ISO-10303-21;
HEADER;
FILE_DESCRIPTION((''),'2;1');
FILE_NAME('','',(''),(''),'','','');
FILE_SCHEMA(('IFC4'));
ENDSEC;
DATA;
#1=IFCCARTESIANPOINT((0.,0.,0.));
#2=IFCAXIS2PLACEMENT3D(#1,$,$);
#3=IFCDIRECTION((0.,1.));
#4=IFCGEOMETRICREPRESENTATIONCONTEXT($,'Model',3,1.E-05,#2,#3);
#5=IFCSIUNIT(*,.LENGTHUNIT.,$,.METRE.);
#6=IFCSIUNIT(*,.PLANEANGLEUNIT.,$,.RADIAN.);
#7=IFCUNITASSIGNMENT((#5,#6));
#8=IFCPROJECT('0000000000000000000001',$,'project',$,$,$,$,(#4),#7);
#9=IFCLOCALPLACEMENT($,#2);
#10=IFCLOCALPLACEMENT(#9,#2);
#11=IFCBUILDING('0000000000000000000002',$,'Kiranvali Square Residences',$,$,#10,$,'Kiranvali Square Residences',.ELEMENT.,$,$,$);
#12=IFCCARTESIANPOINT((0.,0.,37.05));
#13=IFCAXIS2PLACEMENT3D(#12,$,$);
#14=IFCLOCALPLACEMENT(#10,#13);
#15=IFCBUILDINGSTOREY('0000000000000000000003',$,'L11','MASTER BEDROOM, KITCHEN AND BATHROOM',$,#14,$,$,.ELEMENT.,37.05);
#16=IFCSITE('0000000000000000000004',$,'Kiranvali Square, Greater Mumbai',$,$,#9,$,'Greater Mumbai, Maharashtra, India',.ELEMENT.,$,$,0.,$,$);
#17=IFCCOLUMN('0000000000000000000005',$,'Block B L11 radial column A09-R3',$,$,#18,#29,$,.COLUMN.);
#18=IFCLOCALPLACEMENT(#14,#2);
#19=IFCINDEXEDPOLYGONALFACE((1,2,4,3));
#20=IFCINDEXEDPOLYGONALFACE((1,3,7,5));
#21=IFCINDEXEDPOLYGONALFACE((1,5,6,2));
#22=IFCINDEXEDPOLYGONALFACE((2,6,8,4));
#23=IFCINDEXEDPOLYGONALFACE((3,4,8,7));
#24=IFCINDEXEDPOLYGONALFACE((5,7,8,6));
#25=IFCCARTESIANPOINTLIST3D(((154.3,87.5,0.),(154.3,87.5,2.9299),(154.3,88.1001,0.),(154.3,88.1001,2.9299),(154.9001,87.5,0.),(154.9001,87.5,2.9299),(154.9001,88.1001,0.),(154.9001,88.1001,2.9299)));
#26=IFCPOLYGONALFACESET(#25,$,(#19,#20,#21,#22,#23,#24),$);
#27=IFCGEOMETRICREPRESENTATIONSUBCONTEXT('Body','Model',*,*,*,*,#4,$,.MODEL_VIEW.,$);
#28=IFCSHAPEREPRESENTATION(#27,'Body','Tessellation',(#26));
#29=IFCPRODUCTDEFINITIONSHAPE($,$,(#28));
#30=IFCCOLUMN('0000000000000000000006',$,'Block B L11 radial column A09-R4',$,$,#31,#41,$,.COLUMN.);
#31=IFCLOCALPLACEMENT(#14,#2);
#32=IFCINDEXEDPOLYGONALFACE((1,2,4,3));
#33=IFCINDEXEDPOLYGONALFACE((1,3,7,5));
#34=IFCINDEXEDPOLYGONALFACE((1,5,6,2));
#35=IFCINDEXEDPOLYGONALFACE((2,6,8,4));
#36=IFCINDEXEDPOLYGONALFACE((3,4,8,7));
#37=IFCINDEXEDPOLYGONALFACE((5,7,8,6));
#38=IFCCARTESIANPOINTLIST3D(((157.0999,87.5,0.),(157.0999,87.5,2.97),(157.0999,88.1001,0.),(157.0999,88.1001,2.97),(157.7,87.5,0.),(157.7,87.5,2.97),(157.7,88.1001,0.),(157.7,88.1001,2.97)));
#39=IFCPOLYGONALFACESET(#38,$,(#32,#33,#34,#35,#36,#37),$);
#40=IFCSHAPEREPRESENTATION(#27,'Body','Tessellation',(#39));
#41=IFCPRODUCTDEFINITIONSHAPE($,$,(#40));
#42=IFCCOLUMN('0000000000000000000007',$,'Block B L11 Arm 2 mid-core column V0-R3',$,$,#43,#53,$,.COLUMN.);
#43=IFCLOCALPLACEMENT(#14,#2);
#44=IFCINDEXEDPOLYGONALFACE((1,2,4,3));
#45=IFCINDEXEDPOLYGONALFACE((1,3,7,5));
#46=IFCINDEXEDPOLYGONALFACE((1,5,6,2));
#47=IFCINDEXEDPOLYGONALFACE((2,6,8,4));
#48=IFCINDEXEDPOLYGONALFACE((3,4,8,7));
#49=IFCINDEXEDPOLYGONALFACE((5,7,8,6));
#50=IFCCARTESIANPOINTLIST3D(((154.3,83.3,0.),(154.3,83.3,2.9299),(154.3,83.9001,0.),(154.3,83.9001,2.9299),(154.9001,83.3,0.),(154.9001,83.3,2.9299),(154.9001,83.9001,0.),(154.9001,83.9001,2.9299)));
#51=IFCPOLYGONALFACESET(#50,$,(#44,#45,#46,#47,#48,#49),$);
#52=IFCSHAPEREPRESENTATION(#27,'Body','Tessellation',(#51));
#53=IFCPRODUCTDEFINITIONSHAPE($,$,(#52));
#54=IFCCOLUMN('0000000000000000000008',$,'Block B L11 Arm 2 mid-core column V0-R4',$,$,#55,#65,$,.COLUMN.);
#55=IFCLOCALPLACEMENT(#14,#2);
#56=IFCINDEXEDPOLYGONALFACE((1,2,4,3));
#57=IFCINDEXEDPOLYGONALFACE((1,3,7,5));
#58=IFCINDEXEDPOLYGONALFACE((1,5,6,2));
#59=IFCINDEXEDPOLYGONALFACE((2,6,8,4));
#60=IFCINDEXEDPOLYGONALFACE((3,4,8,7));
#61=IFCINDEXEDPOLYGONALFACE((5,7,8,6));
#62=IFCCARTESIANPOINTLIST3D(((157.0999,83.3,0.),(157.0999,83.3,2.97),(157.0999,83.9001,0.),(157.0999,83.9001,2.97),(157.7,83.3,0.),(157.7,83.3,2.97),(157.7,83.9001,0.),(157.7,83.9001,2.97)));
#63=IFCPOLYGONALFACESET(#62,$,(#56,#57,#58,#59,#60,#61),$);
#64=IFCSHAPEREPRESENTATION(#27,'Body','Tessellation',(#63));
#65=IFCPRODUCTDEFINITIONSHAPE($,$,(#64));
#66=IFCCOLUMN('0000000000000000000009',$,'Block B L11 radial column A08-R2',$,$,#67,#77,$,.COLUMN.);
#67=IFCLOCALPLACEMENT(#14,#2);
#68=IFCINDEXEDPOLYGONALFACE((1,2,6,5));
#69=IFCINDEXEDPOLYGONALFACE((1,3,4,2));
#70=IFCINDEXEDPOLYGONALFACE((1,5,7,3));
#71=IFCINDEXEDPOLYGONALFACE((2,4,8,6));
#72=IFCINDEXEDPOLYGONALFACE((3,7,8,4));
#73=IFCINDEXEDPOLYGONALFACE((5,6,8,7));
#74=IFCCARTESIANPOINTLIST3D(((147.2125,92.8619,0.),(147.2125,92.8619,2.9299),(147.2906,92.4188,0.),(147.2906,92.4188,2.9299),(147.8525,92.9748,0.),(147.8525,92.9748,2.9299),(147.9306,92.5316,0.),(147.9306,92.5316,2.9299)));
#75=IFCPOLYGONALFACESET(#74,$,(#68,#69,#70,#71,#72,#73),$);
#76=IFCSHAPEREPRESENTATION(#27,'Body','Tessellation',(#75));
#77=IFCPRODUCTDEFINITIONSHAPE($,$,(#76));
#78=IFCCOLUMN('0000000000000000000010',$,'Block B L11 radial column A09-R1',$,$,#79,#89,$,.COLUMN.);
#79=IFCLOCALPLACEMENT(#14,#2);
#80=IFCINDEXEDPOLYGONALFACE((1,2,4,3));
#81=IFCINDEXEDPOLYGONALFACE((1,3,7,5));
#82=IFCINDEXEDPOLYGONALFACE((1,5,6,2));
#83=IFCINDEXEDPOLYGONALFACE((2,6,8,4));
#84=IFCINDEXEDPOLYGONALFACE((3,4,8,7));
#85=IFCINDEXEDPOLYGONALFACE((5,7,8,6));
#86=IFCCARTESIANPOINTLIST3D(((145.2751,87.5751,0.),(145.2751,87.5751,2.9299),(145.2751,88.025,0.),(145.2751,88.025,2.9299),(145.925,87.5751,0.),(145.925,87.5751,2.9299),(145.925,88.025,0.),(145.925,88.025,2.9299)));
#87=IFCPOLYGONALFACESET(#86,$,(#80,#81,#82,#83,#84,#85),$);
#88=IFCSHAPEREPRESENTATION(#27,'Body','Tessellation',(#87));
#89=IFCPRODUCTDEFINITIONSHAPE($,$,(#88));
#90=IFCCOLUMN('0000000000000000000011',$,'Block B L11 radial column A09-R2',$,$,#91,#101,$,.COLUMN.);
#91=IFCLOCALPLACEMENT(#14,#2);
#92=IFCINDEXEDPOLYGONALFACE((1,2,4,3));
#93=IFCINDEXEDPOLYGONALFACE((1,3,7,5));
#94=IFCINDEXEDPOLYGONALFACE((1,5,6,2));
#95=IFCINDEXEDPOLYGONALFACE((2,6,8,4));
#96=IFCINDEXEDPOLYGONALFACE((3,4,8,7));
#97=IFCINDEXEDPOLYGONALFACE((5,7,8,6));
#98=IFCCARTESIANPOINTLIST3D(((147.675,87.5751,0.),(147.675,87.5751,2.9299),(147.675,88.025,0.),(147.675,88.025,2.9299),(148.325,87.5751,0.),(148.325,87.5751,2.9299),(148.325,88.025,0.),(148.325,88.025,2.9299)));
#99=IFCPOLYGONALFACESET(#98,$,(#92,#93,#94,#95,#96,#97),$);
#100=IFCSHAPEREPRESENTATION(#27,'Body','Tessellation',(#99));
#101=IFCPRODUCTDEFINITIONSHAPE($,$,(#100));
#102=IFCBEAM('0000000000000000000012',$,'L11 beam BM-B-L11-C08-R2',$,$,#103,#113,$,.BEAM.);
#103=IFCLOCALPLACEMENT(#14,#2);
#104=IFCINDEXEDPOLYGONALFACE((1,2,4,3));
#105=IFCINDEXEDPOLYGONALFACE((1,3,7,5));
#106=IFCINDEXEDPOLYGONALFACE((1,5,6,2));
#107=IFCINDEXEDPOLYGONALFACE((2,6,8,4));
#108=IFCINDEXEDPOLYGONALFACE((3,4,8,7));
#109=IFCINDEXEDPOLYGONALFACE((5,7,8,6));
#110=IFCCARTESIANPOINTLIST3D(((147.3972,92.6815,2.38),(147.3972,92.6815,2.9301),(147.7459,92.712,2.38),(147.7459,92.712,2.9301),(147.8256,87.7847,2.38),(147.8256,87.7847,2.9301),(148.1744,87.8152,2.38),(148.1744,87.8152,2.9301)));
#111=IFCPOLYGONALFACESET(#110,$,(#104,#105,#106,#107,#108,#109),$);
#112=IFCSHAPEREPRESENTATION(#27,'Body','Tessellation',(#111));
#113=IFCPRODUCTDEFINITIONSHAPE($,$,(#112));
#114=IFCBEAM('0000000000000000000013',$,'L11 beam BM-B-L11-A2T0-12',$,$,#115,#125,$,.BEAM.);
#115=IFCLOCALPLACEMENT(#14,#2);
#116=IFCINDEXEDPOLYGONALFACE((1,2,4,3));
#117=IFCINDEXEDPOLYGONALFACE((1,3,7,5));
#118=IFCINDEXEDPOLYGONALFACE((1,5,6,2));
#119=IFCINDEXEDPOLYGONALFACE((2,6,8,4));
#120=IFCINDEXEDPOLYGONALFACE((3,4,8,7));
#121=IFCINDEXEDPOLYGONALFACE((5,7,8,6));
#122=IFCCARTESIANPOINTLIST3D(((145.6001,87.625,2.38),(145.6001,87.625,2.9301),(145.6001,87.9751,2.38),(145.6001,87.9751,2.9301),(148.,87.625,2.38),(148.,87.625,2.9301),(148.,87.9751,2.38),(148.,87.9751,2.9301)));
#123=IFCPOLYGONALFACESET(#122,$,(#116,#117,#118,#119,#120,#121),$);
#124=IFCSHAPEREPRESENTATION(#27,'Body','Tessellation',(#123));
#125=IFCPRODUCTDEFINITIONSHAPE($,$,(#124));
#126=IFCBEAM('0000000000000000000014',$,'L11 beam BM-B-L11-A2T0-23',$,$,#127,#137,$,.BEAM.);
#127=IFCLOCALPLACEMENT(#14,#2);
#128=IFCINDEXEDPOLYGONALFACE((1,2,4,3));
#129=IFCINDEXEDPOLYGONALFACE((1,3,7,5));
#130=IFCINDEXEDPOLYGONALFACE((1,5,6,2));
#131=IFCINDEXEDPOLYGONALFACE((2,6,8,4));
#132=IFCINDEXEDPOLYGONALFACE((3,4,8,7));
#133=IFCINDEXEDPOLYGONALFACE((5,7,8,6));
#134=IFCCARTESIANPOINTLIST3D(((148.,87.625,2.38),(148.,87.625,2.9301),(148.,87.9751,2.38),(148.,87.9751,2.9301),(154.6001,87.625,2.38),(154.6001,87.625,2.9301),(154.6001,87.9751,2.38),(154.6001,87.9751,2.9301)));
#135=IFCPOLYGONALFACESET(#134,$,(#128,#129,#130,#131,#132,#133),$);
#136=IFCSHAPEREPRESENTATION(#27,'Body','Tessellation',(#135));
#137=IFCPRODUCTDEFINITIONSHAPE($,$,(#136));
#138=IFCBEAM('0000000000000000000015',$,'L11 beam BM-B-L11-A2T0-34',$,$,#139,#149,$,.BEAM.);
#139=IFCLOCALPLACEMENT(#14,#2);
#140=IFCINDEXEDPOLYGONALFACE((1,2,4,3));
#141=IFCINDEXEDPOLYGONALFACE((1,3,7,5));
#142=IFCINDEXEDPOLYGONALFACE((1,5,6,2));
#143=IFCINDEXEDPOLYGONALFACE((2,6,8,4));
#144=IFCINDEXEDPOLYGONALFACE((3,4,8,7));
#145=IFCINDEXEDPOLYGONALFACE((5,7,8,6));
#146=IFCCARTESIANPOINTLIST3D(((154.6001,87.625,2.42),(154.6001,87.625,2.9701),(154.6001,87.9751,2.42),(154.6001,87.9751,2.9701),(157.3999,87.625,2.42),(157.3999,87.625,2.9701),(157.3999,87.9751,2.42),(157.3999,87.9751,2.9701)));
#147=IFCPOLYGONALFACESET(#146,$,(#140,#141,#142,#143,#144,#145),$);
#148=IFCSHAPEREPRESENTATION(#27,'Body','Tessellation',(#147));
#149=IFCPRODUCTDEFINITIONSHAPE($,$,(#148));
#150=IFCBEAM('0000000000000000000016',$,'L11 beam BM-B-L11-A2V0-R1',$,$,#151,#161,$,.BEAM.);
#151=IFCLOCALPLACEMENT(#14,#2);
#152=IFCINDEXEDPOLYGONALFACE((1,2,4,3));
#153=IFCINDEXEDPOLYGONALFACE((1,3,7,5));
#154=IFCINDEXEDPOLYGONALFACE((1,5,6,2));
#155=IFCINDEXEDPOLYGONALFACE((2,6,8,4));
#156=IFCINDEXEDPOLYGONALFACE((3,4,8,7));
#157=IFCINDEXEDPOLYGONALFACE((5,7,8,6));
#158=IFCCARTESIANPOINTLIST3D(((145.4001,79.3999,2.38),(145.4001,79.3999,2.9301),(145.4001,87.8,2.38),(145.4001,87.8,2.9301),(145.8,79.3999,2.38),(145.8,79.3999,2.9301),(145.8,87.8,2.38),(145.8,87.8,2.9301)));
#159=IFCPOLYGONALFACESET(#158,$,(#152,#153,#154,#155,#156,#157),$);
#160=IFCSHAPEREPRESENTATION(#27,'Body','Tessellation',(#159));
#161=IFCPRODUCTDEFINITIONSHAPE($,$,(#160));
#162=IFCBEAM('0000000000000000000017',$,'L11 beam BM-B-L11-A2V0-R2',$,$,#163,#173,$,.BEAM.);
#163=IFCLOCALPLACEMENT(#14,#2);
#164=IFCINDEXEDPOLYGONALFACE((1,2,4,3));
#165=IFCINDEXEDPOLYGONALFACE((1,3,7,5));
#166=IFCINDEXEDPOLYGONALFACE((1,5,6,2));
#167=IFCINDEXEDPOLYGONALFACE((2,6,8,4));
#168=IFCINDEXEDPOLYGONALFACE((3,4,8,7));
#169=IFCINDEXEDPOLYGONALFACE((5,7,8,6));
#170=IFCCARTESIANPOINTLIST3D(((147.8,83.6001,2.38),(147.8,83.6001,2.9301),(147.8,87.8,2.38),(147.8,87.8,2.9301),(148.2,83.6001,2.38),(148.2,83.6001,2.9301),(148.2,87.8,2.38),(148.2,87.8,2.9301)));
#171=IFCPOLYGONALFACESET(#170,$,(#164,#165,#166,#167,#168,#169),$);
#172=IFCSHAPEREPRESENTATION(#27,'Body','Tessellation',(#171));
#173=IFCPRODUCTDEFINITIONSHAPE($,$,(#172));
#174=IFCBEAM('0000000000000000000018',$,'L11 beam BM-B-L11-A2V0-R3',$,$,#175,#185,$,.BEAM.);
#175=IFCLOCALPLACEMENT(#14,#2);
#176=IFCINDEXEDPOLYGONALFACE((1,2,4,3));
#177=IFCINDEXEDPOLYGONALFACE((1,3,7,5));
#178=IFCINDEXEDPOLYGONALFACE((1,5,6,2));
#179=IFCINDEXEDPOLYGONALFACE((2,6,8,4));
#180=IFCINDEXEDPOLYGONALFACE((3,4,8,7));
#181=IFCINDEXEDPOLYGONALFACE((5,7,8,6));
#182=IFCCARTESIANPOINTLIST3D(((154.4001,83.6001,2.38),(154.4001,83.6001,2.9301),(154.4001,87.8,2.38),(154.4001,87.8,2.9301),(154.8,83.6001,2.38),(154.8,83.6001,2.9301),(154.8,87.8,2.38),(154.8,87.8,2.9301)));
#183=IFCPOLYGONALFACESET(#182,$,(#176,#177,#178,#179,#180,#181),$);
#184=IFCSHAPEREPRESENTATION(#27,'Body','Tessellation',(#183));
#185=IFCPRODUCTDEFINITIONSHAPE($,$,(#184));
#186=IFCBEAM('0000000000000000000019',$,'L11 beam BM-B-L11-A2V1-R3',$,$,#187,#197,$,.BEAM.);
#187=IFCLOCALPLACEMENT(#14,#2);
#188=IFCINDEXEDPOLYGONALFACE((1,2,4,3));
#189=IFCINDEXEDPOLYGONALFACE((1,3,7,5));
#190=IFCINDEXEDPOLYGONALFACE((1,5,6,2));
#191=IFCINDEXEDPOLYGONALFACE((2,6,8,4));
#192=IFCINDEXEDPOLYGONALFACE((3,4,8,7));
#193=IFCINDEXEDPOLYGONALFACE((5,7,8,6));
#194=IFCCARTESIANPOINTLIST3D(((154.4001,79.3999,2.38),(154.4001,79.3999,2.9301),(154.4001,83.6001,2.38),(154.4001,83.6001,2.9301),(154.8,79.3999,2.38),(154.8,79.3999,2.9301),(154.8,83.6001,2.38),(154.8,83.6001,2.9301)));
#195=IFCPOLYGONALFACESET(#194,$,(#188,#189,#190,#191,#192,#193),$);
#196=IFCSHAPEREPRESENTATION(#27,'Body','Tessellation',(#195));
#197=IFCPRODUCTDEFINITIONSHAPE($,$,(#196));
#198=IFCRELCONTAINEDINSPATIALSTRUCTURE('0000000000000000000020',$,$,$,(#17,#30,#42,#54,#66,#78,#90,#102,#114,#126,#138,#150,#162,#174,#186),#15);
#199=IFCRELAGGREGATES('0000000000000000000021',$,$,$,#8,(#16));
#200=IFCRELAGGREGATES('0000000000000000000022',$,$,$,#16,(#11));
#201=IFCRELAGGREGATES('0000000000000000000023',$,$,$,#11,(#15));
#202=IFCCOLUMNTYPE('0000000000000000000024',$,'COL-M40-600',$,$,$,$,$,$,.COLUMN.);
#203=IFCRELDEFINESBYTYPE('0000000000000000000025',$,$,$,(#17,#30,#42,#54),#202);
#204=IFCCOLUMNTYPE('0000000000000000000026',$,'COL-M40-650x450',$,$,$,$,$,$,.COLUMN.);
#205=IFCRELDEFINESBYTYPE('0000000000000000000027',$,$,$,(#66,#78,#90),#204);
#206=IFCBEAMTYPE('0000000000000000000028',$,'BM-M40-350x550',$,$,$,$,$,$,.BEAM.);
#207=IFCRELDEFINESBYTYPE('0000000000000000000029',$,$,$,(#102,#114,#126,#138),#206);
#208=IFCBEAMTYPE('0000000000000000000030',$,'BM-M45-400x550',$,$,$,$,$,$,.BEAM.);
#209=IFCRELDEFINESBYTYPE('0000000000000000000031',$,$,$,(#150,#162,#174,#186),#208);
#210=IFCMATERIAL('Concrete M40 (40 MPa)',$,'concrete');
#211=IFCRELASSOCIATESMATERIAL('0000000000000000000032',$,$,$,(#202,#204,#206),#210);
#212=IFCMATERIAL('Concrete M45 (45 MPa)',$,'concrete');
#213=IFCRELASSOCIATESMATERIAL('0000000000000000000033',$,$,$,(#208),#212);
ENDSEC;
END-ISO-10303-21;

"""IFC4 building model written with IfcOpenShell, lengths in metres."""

from ifc_helpers import new_model, si_unit, direction, frame, origin, origin_2d, place, context, subcontext, project, spatial, rectangle, extrude, material, material_profile, profile_set, type_object, element, save


model = new_model("IFC4")

# Units and contexts
model_context = context("Model", 3, precision=1e-05, world=origin(), true_north=direction((0.0, 1.0)))
body_context = subcontext(model_context, "Body", "Model", "MODEL_VIEW")
ifc_project = project(units=[si_unit("LENGTHUNIT", "METRE"), si_unit("PLANEANGLEUNIT", "RADIAN")], contexts=[model_context])

# Site, building, storey
site_placement = place(None, origin())
site = spatial("IfcSite", under=ifc_project, at=site_placement, Name="Kiranvali Square, Greater Mumbai", LongName="Greater Mumbai, Maharashtra, India", CompositionType="ELEMENT", RefElevation=0.0)
building_placement = place(site_placement, origin())
building = spatial("IfcBuilding", under=site, at=building_placement, Name="Kiranvali Square Residences", LongName="Kiranvali Square Residences", CompositionType="ELEMENT")
storey_placement = place(building_placement, frame((0.0, 0.0, 37.05)))
storey = spatial("IfcBuildingStorey", under=building, at=storey_placement, Name="L11", Description="MASTER BEDROOM, KITCHEN AND BATHROOM", CompositionType="ELEMENT", Elevation=37.05)

# Columns
ifc_material_1 = material(Name="Concrete M40 (40 MPa)", Category="concrete")
ifc_material_profile_1 = material_profile(ifc_material_1, rectangle(XDim=0.6001, YDim=0.6001, at=origin_2d()), Name="RC 600x600")
ifc_profile_set_1 = profile_set([ifc_material_profile_1], Name="Concrete M40 (40 MPa)")
column_type_1 = type_object("IfcColumnType", Name="COL-M40-600", PredefinedType="COLUMN", material=ifc_profile_set_1)
column_1_placement = place(storey_placement, frame((154.6001, 87.8, 0.0), z_axis=(0.0, 0.0, 1.0), x_axis=(0.0, 1.0, 0.0)))
element("IfcColumn", 1, at=column_1_placement, inside=storey, type_object=column_type_1, Name="Block B L11 radial column A09-R3", PredefinedType="COLUMN", context=body_context, shape_type="SweptSolid", body=[
    extrude(rectangle(XDim=0.6001, YDim=0.6001, at=origin_2d()), origin(), (0.0, 0.0, 1.0), 2.9299),
])
column_2_placement = place(storey_placement, frame((157.3999, 87.8, 0.0), z_axis=(0.0, 0.0, 1.0), x_axis=(0.0, 1.0, 0.0)))
element("IfcColumn", 2, at=column_2_placement, inside=storey, type_object=column_type_1, Name="Block B L11 radial column A09-R4", PredefinedType="COLUMN", context=body_context, shape_type="SweptSolid", body=[
    extrude(rectangle(XDim=0.6001, YDim=0.6001, at=origin_2d()), origin(), (0.0, 0.0, 1.0), 2.97),
])
column_3_placement = place(storey_placement, frame((154.6001, 83.6001, 0.0), z_axis=(0.0, 0.0, 1.0), x_axis=(1.0, 0.0, 0.0)))
element("IfcColumn", 3, at=column_3_placement, inside=storey, type_object=column_type_1, Name="Block B L11 Arm 2 mid-core column V0-R3", PredefinedType="COLUMN", context=body_context, shape_type="SweptSolid", body=[
    extrude(rectangle(XDim=0.6001, YDim=0.6001, at=origin_2d()), origin(), (0.0, 0.0, 1.0), 2.9299),
])
column_4_placement = place(storey_placement, frame((157.3999, 83.6001, 0.0), z_axis=(0.0, 0.0, 1.0), x_axis=(1.0, 0.0, 0.0)))
element("IfcColumn", 4, at=column_4_placement, inside=storey, type_object=column_type_1, Name="Block B L11 Arm 2 mid-core column V0-R4", PredefinedType="COLUMN", context=body_context, shape_type="SweptSolid", body=[
    extrude(rectangle(XDim=0.6001, YDim=0.6001, at=origin_2d()), origin(), (0.0, 0.0, 1.0), 2.97),
])
ifc_material_profile_2 = material_profile(ifc_material_1, rectangle(XDim=0.45, YDim=0.6499, at=origin_2d()), Name="RC 650x450")
ifc_profile_set_2 = profile_set([ifc_material_profile_2], Name="Concrete M40 (40 MPa)")
column_type_2 = type_object("IfcColumnType", Name="COL-M40-650x450", PredefinedType="COLUMN", material=ifc_profile_set_2)
for number, where, z_axis, x_axis, name in (
    (5, (147.5715, 92.6968, 0.0), (0.0, 0.0, 1.0), (-0.173648, 0.984808, 0.0), "Block B L11 radial column A08-R2"),
    (6, (145.6001, 87.8, 0.0), (0.0, 0.0, 1.0), (0.0, 1.0, 0.0), "Block B L11 radial column A09-R1"),
    (7, (148.0, 87.8, 0.0), (0.0, 0.0, 1.0), (0.0, 1.0, 0.0), "Block B L11 radial column A09-R2"),
):
    element("IfcColumn", number, at=place(storey_placement, frame(where, z_axis=z_axis, x_axis=x_axis)), inside=storey, type_object=column_type_2, Name=name, PredefinedType="COLUMN", context=body_context, shape_type="SweptSolid", body=[
        extrude(rectangle(XDim=0.45, YDim=0.6499, at=origin_2d()), origin(), (0.0, 0.0, 1.0), 2.9299),
    ])

# Beams
ifc_material_profile_3 = material_profile(ifc_material_1, rectangle(XDim=0.3501, YDim=0.55, at=origin_2d()), Name="RC 350x550")
ifc_profile_set_3 = profile_set([ifc_material_profile_3], Name="Concrete M40 (40 MPa)")
beam_type_1 = type_object("IfcBeamType", Name="BM-M40-350x550", PredefinedType="BEAM", material=ifc_profile_set_3)
beam_1_placement = place(storey_placement, frame((147.5715, 92.6968, 2.655), z_axis=(0.087168, -0.996194, 0.0), x_axis=(0.996194, 0.087168, 0.0)))
element("IfcBeam", 8, at=beam_1_placement, inside=storey, type_object=beam_type_1, Name="L11 beam BM-B-L11-C08-R2", PredefinedType="BEAM", context=body_context, shape_type="SweptSolid", body=[
    extrude(rectangle(XDim=0.3501, YDim=0.55, at=origin_2d()), origin(), (0.0, 0.0, 1.0), 4.9155),
])
beam_2_placement = place(storey_placement, frame((145.6001, 87.8, 2.655), z_axis=(1.0, 0.0, 0.0), x_axis=(0.0, 1.0, 0.0)))
element("IfcBeam", 9, at=beam_2_placement, inside=storey, type_object=beam_type_1, Name="L11 beam BM-B-L11-A2T0-12", PredefinedType="BEAM", context=body_context, shape_type="SweptSolid", body=[
    extrude(rectangle(XDim=0.3501, YDim=0.55, at=origin_2d()), origin(), (0.0, 0.0, 1.0), 2.3999),
])
beam_3_placement = place(storey_placement, frame((148.0, 87.8, 2.655), z_axis=(1.0, 0.0, 0.0), x_axis=(0.0, 1.0, 0.0)))
element("IfcBeam", 10, at=beam_3_placement, inside=storey, type_object=beam_type_1, Name="L11 beam BM-B-L11-A2T0-23", PredefinedType="BEAM", context=body_context, shape_type="SweptSolid", body=[
    extrude(rectangle(XDim=0.3501, YDim=0.55, at=origin_2d()), origin(), (0.0, 0.0, 1.0), 6.6001),
])
beam_4_placement = place(storey_placement, frame((154.6001, 87.8, 2.6951), z_axis=(1.0, 0.0, 0.0), x_axis=(0.0, 1.0, 0.0)))
element("IfcBeam", 11, at=beam_4_placement, inside=storey, type_object=beam_type_1, Name="L11 beam BM-B-L11-A2T0-34", PredefinedType="BEAM", context=body_context, shape_type="SweptSolid", body=[
    extrude(rectangle(XDim=0.3501, YDim=0.55, at=origin_2d()), origin(), (0.0, 0.0, 1.0), 2.7998),
])
ifc_material_2 = material(Name="Concrete M45 (45 MPa)", Category="concrete")
ifc_material_profile_4 = material_profile(ifc_material_2, rectangle(XDim=0.3999, YDim=0.55, at=origin_2d()), Name="RC 400x550")
ifc_profile_set_4 = profile_set([ifc_material_profile_4], Name="Concrete M45 (45 MPa)")
beam_type_2 = type_object("IfcBeamType", Name="BM-M45-400x550", PredefinedType="BEAM", material=ifc_profile_set_4)
beam_5_placement = place(storey_placement, frame((145.6001, 87.8, 2.655), z_axis=(0.0, -1.0, 0.0), x_axis=(1.0, 0.0, 0.0)))
element("IfcBeam", 12, at=beam_5_placement, inside=storey, type_object=beam_type_2, Name="L11 beam BM-B-L11-A2V0-R1", PredefinedType="BEAM", context=body_context, shape_type="SweptSolid", body=[
    extrude(rectangle(XDim=0.3999, YDim=0.55, at=origin_2d()), origin(), (0.0, 0.0, 1.0), 8.4001),
])
for number, where, z_axis, x_axis, name in (
    (13, (148.0, 87.8, 2.655), (0.0, -1.0, 0.0), (1.0, 0.0, 0.0), "L11 beam BM-B-L11-A2V0-R2"),
    (14, (154.6001, 87.8, 2.655), (0.0, -1.0, 0.0), (1.0, 0.0, 0.0), "L11 beam BM-B-L11-A2V0-R3"),
):
    element("IfcBeam", number, at=place(storey_placement, frame(where, z_axis=z_axis, x_axis=x_axis)), inside=storey, type_object=beam_type_2, Name=name, PredefinedType="BEAM", context=body_context, shape_type="SweptSolid", body=[
        extrude(rectangle(XDim=0.3999, YDim=0.55, at=origin_2d()), origin(), (0.0, 0.0, 1.0), 4.2),
    ])
beam_6_placement = place(storey_placement, frame((154.6001, 83.6001, 2.655), z_axis=(0.0, -1.0, 0.0), x_axis=(1.0, 0.0, 0.0)))
element("IfcBeam", 15, at=beam_6_placement, inside=storey, type_object=beam_type_2, Name="L11 beam BM-B-L11-A2V1-R3", PredefinedType="BEAM", context=body_context, shape_type="SweptSolid", body=[
    extrude(rectangle(XDim=0.3999, YDim=0.55, at=origin_2d()), origin(), (0.0, 0.0, 1.0), 4.2002),
])

save(model, "model.ifc")
